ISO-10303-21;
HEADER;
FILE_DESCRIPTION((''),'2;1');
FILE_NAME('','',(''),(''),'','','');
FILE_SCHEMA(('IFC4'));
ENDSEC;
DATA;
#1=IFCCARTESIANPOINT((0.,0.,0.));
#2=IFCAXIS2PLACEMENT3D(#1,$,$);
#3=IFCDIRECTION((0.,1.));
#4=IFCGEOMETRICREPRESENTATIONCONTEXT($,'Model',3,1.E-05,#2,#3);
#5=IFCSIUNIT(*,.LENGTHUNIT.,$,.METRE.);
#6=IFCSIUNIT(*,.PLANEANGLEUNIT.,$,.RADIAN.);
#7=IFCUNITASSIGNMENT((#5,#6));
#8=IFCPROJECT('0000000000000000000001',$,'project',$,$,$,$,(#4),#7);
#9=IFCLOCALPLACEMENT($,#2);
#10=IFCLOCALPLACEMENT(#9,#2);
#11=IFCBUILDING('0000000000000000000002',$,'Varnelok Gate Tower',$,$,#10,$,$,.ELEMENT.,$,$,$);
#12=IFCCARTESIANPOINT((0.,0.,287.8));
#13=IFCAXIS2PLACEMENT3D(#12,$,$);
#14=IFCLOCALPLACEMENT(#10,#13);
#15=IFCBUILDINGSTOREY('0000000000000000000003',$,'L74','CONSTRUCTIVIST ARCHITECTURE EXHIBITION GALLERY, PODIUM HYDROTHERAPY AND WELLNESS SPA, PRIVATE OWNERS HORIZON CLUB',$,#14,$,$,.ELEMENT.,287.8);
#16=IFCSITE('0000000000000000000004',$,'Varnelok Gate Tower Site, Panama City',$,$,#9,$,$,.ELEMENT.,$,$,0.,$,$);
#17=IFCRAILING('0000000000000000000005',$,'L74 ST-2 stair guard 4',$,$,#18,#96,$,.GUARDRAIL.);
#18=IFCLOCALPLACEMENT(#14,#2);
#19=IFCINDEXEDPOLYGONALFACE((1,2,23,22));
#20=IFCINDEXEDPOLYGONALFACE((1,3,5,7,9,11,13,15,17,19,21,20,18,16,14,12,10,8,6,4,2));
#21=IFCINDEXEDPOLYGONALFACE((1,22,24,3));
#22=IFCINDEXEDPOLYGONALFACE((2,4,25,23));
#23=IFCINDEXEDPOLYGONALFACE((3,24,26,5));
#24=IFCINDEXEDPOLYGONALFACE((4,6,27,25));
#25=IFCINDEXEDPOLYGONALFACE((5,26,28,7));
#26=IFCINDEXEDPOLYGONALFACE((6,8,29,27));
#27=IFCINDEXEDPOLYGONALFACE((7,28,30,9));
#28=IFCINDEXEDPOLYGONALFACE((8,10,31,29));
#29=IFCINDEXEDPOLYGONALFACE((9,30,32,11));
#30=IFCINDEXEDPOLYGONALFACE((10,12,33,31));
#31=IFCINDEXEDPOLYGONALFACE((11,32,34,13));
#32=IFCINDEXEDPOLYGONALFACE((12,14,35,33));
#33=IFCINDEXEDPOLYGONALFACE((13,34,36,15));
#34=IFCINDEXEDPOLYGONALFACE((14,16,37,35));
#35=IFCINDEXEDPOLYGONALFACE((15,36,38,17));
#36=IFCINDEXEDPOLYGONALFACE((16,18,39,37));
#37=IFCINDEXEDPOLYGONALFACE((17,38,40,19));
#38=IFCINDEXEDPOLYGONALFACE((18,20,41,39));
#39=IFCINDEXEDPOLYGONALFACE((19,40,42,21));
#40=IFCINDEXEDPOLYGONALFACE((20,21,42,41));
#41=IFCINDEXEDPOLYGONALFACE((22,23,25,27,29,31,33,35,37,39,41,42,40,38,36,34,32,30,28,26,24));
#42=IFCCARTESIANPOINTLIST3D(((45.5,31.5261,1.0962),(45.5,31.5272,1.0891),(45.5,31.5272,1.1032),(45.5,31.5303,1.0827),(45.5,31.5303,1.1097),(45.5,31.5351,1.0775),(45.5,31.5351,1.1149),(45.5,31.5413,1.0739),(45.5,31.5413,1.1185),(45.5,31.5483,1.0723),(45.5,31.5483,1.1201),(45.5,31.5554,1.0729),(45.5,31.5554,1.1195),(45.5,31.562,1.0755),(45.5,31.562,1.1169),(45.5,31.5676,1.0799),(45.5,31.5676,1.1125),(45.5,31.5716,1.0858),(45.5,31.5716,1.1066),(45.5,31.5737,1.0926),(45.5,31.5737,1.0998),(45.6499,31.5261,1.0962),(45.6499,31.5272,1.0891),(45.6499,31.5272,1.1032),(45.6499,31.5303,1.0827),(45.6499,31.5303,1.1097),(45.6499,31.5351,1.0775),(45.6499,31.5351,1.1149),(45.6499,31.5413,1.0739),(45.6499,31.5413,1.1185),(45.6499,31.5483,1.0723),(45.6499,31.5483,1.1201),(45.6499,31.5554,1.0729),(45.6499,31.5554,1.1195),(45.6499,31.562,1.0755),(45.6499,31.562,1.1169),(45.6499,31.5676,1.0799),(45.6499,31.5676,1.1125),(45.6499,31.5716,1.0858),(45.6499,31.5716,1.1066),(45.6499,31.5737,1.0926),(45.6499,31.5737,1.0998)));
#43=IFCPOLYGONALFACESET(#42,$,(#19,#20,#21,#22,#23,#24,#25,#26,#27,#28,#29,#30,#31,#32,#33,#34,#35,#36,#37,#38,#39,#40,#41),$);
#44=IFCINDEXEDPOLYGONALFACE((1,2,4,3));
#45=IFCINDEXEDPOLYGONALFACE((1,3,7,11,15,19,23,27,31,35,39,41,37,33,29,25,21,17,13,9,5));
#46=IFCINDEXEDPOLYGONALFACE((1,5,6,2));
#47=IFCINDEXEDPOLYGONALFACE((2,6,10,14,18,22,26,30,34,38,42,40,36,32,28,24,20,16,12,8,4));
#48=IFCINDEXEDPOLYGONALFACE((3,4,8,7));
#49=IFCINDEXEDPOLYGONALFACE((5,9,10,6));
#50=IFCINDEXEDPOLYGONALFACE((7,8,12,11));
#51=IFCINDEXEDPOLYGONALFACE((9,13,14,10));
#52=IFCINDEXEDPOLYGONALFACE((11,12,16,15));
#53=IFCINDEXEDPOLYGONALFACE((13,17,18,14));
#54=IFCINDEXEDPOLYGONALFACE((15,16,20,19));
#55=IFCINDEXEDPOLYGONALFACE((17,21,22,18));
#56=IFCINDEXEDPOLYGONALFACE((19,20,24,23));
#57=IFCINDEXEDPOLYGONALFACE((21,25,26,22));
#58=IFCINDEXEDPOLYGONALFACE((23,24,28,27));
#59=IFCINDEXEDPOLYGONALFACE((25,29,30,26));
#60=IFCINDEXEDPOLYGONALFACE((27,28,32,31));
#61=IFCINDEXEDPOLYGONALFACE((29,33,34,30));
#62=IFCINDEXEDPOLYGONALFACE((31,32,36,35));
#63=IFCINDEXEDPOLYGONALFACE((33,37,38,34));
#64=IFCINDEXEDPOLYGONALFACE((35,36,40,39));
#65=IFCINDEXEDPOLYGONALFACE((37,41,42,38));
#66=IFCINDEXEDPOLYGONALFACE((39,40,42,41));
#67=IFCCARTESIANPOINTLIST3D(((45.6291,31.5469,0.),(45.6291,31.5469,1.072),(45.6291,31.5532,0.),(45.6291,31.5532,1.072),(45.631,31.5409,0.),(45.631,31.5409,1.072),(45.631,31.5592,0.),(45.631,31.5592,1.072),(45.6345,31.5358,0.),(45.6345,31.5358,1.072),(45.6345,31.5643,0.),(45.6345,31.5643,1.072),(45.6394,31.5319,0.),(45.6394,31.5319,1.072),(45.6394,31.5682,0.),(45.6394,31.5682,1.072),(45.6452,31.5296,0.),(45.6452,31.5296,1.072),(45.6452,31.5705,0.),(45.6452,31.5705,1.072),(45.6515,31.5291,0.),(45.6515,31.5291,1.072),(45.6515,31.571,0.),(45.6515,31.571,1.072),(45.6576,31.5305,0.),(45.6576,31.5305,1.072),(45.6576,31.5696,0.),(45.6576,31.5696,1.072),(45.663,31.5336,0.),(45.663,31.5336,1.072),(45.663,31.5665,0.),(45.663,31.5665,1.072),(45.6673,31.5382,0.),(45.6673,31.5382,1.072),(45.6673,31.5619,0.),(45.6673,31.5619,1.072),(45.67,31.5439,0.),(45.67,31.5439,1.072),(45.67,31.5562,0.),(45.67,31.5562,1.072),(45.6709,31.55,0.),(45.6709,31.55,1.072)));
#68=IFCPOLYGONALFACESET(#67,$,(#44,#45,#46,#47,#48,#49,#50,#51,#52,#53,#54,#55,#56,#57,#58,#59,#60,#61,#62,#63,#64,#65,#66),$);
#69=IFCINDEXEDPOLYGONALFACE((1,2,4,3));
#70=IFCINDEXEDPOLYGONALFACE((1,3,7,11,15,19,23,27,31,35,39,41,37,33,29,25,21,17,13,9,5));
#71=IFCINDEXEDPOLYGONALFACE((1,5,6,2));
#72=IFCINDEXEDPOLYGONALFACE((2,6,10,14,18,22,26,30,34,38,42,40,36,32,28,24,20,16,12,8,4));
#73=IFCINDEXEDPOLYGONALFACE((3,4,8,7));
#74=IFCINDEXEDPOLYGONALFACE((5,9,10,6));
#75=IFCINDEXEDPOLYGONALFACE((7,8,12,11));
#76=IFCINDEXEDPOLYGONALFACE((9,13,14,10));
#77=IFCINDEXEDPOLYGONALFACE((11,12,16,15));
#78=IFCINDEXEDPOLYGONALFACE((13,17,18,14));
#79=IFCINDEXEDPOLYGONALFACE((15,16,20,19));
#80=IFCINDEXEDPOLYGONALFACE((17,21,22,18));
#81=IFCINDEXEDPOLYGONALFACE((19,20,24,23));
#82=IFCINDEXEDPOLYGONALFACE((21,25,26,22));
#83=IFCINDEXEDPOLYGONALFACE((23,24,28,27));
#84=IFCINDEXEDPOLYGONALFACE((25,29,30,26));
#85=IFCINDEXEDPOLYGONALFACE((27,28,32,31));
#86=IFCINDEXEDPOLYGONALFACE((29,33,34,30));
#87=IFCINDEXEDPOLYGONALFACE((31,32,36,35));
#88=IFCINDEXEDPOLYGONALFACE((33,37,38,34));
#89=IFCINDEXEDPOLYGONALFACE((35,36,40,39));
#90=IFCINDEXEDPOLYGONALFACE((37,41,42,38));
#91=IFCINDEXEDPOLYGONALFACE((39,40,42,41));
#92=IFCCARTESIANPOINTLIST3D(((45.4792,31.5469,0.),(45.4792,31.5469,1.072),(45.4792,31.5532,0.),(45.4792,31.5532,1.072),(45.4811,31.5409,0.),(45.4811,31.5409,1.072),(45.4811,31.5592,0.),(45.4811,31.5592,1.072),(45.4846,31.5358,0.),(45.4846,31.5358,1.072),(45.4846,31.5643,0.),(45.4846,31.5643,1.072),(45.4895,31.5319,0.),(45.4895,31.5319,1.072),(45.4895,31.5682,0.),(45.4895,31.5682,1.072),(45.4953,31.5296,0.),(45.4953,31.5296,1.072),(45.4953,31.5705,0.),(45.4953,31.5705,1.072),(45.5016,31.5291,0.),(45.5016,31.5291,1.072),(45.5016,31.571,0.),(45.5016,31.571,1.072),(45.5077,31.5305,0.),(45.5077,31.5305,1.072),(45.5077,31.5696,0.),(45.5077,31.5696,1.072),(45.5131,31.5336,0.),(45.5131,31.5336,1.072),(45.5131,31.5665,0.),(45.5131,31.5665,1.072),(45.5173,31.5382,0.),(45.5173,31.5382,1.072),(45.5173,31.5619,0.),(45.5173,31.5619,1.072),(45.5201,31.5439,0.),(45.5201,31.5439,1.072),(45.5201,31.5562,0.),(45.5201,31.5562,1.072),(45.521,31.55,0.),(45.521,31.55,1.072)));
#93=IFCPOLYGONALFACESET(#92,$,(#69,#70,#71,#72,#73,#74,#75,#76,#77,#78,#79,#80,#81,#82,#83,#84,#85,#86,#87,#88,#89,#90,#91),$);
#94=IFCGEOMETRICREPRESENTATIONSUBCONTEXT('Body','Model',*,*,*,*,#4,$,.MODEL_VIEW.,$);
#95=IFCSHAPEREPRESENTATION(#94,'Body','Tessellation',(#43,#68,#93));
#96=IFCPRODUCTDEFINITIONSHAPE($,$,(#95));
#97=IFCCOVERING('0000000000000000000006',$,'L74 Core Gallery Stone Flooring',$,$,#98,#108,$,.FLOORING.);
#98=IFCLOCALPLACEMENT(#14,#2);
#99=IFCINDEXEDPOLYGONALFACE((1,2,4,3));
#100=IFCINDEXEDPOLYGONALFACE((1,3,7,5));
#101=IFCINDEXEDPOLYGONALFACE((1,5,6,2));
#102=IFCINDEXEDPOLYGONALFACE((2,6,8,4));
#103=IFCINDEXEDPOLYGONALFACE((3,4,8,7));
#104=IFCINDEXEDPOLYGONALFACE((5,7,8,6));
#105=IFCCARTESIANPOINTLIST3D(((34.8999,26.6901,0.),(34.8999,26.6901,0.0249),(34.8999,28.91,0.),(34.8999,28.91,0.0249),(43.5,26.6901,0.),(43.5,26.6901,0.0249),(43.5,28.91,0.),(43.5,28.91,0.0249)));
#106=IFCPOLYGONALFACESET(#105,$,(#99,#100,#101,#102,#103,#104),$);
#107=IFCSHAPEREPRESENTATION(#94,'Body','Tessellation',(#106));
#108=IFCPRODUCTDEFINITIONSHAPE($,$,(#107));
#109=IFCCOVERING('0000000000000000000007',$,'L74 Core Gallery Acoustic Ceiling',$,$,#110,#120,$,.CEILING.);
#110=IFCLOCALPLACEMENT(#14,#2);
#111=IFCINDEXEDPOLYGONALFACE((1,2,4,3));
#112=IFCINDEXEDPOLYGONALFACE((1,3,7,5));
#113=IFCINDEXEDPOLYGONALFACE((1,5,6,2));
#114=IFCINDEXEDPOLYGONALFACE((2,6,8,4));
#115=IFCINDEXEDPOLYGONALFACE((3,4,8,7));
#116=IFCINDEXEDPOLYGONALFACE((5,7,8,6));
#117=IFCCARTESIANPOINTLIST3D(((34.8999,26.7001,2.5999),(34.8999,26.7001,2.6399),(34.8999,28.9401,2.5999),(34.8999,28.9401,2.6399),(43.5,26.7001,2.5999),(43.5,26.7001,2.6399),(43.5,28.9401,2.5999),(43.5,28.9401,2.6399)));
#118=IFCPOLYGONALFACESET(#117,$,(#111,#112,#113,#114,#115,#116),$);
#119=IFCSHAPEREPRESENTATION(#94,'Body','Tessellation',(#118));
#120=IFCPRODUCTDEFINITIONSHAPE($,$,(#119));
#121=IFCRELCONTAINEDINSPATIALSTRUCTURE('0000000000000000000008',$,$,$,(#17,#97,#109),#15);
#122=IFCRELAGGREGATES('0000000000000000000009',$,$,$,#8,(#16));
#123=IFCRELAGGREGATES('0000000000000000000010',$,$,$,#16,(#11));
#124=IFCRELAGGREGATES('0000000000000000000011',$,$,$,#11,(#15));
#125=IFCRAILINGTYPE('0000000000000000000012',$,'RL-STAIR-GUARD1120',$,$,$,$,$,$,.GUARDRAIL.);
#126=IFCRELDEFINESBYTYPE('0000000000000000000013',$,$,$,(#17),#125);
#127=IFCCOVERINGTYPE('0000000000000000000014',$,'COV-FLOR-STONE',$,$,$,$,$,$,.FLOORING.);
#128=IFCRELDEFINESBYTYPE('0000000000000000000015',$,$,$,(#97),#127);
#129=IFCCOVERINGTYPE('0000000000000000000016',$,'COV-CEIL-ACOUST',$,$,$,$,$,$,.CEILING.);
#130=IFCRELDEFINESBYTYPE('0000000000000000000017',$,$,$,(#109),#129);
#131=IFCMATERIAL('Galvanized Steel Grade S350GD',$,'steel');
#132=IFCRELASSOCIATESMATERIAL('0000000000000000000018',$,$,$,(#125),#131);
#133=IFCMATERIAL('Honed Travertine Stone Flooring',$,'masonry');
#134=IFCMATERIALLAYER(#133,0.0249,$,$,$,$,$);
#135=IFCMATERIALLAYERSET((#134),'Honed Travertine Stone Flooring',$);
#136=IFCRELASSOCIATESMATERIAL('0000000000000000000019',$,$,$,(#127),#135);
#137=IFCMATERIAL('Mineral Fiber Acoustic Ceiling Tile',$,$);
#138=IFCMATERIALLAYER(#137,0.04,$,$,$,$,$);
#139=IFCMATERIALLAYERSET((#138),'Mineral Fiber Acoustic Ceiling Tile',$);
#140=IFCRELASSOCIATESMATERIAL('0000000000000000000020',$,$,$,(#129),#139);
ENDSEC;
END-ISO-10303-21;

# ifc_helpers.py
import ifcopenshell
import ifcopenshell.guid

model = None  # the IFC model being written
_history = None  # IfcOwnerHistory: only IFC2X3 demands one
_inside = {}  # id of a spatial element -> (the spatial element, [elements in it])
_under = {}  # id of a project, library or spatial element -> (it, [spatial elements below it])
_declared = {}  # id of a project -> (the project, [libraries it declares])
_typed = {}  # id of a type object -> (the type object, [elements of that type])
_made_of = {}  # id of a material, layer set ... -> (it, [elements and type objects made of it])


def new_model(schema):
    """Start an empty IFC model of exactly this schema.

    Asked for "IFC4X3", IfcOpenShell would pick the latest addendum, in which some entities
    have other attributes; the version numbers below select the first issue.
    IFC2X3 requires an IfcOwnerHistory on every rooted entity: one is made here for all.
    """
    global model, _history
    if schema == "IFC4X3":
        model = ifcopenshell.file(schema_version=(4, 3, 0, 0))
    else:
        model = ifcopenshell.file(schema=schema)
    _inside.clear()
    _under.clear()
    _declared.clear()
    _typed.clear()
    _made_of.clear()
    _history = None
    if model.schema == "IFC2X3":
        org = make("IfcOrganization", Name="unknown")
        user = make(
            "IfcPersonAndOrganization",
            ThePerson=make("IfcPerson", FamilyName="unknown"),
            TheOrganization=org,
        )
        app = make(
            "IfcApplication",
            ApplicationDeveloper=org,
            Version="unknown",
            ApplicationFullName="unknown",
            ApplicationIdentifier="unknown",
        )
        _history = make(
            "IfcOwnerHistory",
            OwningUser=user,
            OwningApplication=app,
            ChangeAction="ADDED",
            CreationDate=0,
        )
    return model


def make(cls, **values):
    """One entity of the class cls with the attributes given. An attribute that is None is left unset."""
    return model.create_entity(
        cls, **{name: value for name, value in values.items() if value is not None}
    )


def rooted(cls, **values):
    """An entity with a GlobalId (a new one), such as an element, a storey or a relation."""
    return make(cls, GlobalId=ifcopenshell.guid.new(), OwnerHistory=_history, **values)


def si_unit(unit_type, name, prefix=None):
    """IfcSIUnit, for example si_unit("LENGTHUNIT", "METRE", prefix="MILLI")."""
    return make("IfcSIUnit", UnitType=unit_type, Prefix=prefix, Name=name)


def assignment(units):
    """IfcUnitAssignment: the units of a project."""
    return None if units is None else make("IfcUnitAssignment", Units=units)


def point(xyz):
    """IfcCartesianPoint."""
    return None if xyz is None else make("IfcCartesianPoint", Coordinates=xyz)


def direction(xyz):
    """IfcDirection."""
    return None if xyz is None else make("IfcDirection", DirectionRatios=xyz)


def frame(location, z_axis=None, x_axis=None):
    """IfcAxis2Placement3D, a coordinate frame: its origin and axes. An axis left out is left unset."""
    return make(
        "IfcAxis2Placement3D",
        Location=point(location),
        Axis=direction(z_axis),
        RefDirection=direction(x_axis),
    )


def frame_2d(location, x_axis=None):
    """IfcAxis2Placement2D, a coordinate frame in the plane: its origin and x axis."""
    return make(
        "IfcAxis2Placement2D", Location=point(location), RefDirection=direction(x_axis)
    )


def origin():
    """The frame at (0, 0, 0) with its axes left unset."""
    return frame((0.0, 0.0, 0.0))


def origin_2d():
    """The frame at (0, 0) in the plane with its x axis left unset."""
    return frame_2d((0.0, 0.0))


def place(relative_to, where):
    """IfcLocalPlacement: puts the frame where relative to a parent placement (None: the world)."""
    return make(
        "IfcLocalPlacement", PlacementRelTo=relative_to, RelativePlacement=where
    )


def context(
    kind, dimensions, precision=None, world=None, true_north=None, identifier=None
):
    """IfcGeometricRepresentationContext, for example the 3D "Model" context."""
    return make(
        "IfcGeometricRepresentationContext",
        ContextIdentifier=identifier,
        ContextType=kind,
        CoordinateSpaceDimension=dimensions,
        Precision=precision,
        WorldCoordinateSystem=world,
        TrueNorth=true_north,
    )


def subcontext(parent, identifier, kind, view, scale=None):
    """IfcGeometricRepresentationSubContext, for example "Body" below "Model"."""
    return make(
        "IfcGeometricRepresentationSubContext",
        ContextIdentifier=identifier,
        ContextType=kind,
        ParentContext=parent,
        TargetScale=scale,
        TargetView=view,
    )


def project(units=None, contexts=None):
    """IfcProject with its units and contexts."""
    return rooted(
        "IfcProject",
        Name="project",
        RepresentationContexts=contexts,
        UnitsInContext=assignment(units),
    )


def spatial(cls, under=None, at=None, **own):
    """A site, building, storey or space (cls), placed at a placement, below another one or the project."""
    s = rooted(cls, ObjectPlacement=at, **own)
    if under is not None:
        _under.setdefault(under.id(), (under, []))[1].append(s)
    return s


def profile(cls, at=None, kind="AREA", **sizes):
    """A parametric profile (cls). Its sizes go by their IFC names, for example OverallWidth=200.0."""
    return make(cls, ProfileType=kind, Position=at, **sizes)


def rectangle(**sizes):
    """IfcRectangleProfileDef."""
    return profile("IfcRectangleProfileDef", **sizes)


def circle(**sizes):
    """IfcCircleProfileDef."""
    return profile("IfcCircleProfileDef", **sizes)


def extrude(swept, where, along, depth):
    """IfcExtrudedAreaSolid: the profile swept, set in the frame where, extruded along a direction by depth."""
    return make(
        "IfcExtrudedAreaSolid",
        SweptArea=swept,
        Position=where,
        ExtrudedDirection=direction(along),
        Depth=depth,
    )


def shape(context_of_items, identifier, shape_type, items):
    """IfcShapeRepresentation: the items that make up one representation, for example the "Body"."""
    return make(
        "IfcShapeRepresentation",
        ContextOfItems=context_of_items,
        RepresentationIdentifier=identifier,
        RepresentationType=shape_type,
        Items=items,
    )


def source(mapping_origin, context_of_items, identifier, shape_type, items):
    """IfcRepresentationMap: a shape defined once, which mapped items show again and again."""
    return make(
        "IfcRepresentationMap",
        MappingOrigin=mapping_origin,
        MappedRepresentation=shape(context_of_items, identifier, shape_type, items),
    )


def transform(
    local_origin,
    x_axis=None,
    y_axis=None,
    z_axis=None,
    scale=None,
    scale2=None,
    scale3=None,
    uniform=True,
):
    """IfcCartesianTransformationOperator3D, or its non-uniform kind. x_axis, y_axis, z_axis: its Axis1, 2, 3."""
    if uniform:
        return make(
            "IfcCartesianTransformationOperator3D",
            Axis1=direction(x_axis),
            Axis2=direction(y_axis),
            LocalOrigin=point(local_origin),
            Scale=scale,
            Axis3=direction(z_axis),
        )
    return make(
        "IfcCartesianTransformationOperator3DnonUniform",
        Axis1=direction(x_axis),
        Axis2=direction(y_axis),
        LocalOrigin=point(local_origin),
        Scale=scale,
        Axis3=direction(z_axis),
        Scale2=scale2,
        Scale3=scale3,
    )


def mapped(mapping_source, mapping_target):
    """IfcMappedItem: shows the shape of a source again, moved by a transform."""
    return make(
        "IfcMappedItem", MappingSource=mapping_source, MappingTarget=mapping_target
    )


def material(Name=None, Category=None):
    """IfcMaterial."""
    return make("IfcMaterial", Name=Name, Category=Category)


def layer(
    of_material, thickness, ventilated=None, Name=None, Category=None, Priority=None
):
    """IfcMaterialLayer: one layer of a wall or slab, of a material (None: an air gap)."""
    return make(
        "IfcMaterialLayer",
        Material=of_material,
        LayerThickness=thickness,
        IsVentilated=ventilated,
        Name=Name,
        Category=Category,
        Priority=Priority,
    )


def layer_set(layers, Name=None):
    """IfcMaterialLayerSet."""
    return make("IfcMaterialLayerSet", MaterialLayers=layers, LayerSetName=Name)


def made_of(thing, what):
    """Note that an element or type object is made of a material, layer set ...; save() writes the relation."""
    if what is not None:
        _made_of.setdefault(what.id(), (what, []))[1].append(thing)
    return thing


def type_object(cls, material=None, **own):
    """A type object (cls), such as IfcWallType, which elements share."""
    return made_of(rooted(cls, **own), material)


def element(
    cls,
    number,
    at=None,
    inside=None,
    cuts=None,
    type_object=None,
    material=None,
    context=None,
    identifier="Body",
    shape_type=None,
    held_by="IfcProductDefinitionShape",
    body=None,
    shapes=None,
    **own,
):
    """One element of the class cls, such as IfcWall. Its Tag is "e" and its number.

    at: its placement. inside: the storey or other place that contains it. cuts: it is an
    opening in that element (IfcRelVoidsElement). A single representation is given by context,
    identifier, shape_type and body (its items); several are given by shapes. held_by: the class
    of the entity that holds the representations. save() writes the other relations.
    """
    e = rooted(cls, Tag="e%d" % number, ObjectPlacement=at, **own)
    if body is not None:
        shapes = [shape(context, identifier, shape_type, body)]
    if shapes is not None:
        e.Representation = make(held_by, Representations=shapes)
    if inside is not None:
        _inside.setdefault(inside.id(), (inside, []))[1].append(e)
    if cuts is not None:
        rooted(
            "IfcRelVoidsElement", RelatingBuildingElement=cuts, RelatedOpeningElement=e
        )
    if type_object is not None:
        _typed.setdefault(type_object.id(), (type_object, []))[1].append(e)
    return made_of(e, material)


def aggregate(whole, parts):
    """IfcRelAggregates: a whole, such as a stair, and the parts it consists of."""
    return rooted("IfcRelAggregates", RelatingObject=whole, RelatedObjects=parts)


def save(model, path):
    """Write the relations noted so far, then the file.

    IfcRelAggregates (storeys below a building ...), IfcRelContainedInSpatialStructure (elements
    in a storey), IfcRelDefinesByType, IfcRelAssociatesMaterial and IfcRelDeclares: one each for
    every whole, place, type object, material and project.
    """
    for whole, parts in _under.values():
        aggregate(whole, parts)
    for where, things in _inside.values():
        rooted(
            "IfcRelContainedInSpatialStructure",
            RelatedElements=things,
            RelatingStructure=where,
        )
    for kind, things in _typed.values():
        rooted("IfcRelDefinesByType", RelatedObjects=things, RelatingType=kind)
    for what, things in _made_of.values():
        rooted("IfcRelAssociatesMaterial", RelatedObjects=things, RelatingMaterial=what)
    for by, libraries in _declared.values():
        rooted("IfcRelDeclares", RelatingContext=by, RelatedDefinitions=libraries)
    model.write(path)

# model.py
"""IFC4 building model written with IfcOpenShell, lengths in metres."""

from ifc_helpers import new_model, si_unit, direction, frame, origin, origin_2d, place, context, subcontext, project, spatial, rectangle, circle, extrude, source, transform, mapped, material, layer, layer_set, type_object, element, save


model = new_model("IFC4")

# Units and contexts
model_context = context("Model", 3, precision=1e-05, world=origin(), true_north=direction((0.0, 1.0)))
body_context = subcontext(model_context, "Body", "Model", "MODEL_VIEW")
ifc_project = project(units=[si_unit("LENGTHUNIT", "METRE"), si_unit("PLANEANGLEUNIT", "RADIAN")], contexts=[model_context])

# Site, building, storey
site_placement = place(None, origin())
site = spatial("IfcSite", under=ifc_project, at=site_placement, Name="Varnelok Gate Tower Site, Panama City", CompositionType="ELEMENT", RefElevation=0.0)
building_placement = place(site_placement, origin())
building = spatial("IfcBuilding", under=site, at=building_placement, Name="Varnelok Gate Tower", CompositionType="ELEMENT")
storey_placement = place(building_placement, frame((0.0, 0.0, 287.8)))
storey = spatial("IfcBuildingStorey", under=building, at=storey_placement, Name="L74", Description="CONSTRUCTIVIST ARCHITECTURE EXHIBITION GALLERY, PODIUM HYDROTHERAPY AND WELLNESS SPA, PRIVATE OWNERS HORIZON CLUB", CompositionType="ELEMENT", Elevation=287.8)

# Shared definitions
ifc_material_1 = material(Name="Galvanized Steel Grade S350GD", Category="steel")

# Railing
railing_type_1 = type_object("IfcRailingType", Name="RL-STAIR-GUARD1120", PredefinedType="GUARDRAIL", material=ifc_material_1)
railing_1_placement = place(storey_placement, frame((45.6499, 31.55, 0.0)))
element("IfcRailing", 1, at=railing_1_placement, inside=storey, type_object=railing_type_1, Name="L74 ST-2 stair guard 4", PredefinedType="GUARDRAIL", context=body_context, shape_type="SweptSolid", body=[
    extrude(circle(Radius=0.0239, at=origin_2d()), frame((0.0, 0.0, 1.0962), z_axis=(-1.0, 0.0, 0.0), x_axis=(0.0, -1.0, 0.0)), (0.0, 0.0, 1.0), 0.1499),
    extrude(circle(Radius=0.021, at=origin_2d()), origin(), (0.0, 0.0, 1.0), 1.072),
    extrude(circle(Radius=0.021, at=origin_2d()), frame((-0.1499, 0.0, 0.0)), (0.0, 0.0, 1.0), 1.072),
])

# Coverings
ifc_material_2 = material(Name="Honed Travertine Stone Flooring", Category="masonry")
ifc_layer_1 = layer(ifc_material_2, 0.0249)
ifc_layer_set_1 = layer_set([ifc_layer_1], Name="Honed Travertine Stone Flooring")
covering_type_1 = type_object("IfcCoveringType", Name="COV-FLOR-STONE", PredefinedType="FLOORING", material=ifc_layer_set_1)
shared_shape_1 = source(origin(), body_context, "Body", "SweptSolid", [
    extrude(rectangle(XDim=8.6001, YDim=2.22, at=origin_2d()), origin(), (0.0, 0.0, 1.0), 0.0249),
])
covering_1_placement = place(storey_placement, frame((39.2, 27.8, 0.0), z_axis=(0.0, 0.0, 1.0), x_axis=(1.0, 0.0, 0.0)))
element("IfcCovering", 2, at=covering_1_placement, inside=storey, type_object=covering_type_1, Name="L74 Core Gallery Stone Flooring", PredefinedType="FLOORING", context=body_context, shape_type="MappedRepresentation", body=[
    mapped(shared_shape_1, transform((0.0, 0.0, 0.0), scale=1.0)),
])
ifc_material_3 = material(Name="Mineral Fiber Acoustic Ceiling Tile")
ifc_layer_2 = layer(ifc_material_3, 0.04)
ifc_layer_set_2 = layer_set([ifc_layer_2], Name="Mineral Fiber Acoustic Ceiling Tile")
covering_type_2 = type_object("IfcCoveringType", Name="COV-CEIL-ACOUST", PredefinedType="CEILING", material=ifc_layer_set_2)
shared_shape_2 = source(origin(), body_context, "Body", "SweptSolid", [
    extrude(rectangle(XDim=8.6001, YDim=2.24, at=origin_2d()), origin(), (0.0, 0.0, 1.0), 0.04),
])
covering_2_placement = place(storey_placement, frame((39.2, 27.8201, 2.5999), z_axis=(0.0, 0.0, 1.0), x_axis=(1.0, 0.0, 0.0)))
element("IfcCovering", 3, at=covering_2_placement, inside=storey, type_object=covering_type_2, Name="L74 Core Gallery Acoustic Ceiling", PredefinedType="CEILING", context=body_context, shape_type="MappedRepresentation", body=[
    mapped(shared_shape_2, transform((0.0, 0.0, 0.0), scale=1.0)),
])

save(model, "model.ifc")
